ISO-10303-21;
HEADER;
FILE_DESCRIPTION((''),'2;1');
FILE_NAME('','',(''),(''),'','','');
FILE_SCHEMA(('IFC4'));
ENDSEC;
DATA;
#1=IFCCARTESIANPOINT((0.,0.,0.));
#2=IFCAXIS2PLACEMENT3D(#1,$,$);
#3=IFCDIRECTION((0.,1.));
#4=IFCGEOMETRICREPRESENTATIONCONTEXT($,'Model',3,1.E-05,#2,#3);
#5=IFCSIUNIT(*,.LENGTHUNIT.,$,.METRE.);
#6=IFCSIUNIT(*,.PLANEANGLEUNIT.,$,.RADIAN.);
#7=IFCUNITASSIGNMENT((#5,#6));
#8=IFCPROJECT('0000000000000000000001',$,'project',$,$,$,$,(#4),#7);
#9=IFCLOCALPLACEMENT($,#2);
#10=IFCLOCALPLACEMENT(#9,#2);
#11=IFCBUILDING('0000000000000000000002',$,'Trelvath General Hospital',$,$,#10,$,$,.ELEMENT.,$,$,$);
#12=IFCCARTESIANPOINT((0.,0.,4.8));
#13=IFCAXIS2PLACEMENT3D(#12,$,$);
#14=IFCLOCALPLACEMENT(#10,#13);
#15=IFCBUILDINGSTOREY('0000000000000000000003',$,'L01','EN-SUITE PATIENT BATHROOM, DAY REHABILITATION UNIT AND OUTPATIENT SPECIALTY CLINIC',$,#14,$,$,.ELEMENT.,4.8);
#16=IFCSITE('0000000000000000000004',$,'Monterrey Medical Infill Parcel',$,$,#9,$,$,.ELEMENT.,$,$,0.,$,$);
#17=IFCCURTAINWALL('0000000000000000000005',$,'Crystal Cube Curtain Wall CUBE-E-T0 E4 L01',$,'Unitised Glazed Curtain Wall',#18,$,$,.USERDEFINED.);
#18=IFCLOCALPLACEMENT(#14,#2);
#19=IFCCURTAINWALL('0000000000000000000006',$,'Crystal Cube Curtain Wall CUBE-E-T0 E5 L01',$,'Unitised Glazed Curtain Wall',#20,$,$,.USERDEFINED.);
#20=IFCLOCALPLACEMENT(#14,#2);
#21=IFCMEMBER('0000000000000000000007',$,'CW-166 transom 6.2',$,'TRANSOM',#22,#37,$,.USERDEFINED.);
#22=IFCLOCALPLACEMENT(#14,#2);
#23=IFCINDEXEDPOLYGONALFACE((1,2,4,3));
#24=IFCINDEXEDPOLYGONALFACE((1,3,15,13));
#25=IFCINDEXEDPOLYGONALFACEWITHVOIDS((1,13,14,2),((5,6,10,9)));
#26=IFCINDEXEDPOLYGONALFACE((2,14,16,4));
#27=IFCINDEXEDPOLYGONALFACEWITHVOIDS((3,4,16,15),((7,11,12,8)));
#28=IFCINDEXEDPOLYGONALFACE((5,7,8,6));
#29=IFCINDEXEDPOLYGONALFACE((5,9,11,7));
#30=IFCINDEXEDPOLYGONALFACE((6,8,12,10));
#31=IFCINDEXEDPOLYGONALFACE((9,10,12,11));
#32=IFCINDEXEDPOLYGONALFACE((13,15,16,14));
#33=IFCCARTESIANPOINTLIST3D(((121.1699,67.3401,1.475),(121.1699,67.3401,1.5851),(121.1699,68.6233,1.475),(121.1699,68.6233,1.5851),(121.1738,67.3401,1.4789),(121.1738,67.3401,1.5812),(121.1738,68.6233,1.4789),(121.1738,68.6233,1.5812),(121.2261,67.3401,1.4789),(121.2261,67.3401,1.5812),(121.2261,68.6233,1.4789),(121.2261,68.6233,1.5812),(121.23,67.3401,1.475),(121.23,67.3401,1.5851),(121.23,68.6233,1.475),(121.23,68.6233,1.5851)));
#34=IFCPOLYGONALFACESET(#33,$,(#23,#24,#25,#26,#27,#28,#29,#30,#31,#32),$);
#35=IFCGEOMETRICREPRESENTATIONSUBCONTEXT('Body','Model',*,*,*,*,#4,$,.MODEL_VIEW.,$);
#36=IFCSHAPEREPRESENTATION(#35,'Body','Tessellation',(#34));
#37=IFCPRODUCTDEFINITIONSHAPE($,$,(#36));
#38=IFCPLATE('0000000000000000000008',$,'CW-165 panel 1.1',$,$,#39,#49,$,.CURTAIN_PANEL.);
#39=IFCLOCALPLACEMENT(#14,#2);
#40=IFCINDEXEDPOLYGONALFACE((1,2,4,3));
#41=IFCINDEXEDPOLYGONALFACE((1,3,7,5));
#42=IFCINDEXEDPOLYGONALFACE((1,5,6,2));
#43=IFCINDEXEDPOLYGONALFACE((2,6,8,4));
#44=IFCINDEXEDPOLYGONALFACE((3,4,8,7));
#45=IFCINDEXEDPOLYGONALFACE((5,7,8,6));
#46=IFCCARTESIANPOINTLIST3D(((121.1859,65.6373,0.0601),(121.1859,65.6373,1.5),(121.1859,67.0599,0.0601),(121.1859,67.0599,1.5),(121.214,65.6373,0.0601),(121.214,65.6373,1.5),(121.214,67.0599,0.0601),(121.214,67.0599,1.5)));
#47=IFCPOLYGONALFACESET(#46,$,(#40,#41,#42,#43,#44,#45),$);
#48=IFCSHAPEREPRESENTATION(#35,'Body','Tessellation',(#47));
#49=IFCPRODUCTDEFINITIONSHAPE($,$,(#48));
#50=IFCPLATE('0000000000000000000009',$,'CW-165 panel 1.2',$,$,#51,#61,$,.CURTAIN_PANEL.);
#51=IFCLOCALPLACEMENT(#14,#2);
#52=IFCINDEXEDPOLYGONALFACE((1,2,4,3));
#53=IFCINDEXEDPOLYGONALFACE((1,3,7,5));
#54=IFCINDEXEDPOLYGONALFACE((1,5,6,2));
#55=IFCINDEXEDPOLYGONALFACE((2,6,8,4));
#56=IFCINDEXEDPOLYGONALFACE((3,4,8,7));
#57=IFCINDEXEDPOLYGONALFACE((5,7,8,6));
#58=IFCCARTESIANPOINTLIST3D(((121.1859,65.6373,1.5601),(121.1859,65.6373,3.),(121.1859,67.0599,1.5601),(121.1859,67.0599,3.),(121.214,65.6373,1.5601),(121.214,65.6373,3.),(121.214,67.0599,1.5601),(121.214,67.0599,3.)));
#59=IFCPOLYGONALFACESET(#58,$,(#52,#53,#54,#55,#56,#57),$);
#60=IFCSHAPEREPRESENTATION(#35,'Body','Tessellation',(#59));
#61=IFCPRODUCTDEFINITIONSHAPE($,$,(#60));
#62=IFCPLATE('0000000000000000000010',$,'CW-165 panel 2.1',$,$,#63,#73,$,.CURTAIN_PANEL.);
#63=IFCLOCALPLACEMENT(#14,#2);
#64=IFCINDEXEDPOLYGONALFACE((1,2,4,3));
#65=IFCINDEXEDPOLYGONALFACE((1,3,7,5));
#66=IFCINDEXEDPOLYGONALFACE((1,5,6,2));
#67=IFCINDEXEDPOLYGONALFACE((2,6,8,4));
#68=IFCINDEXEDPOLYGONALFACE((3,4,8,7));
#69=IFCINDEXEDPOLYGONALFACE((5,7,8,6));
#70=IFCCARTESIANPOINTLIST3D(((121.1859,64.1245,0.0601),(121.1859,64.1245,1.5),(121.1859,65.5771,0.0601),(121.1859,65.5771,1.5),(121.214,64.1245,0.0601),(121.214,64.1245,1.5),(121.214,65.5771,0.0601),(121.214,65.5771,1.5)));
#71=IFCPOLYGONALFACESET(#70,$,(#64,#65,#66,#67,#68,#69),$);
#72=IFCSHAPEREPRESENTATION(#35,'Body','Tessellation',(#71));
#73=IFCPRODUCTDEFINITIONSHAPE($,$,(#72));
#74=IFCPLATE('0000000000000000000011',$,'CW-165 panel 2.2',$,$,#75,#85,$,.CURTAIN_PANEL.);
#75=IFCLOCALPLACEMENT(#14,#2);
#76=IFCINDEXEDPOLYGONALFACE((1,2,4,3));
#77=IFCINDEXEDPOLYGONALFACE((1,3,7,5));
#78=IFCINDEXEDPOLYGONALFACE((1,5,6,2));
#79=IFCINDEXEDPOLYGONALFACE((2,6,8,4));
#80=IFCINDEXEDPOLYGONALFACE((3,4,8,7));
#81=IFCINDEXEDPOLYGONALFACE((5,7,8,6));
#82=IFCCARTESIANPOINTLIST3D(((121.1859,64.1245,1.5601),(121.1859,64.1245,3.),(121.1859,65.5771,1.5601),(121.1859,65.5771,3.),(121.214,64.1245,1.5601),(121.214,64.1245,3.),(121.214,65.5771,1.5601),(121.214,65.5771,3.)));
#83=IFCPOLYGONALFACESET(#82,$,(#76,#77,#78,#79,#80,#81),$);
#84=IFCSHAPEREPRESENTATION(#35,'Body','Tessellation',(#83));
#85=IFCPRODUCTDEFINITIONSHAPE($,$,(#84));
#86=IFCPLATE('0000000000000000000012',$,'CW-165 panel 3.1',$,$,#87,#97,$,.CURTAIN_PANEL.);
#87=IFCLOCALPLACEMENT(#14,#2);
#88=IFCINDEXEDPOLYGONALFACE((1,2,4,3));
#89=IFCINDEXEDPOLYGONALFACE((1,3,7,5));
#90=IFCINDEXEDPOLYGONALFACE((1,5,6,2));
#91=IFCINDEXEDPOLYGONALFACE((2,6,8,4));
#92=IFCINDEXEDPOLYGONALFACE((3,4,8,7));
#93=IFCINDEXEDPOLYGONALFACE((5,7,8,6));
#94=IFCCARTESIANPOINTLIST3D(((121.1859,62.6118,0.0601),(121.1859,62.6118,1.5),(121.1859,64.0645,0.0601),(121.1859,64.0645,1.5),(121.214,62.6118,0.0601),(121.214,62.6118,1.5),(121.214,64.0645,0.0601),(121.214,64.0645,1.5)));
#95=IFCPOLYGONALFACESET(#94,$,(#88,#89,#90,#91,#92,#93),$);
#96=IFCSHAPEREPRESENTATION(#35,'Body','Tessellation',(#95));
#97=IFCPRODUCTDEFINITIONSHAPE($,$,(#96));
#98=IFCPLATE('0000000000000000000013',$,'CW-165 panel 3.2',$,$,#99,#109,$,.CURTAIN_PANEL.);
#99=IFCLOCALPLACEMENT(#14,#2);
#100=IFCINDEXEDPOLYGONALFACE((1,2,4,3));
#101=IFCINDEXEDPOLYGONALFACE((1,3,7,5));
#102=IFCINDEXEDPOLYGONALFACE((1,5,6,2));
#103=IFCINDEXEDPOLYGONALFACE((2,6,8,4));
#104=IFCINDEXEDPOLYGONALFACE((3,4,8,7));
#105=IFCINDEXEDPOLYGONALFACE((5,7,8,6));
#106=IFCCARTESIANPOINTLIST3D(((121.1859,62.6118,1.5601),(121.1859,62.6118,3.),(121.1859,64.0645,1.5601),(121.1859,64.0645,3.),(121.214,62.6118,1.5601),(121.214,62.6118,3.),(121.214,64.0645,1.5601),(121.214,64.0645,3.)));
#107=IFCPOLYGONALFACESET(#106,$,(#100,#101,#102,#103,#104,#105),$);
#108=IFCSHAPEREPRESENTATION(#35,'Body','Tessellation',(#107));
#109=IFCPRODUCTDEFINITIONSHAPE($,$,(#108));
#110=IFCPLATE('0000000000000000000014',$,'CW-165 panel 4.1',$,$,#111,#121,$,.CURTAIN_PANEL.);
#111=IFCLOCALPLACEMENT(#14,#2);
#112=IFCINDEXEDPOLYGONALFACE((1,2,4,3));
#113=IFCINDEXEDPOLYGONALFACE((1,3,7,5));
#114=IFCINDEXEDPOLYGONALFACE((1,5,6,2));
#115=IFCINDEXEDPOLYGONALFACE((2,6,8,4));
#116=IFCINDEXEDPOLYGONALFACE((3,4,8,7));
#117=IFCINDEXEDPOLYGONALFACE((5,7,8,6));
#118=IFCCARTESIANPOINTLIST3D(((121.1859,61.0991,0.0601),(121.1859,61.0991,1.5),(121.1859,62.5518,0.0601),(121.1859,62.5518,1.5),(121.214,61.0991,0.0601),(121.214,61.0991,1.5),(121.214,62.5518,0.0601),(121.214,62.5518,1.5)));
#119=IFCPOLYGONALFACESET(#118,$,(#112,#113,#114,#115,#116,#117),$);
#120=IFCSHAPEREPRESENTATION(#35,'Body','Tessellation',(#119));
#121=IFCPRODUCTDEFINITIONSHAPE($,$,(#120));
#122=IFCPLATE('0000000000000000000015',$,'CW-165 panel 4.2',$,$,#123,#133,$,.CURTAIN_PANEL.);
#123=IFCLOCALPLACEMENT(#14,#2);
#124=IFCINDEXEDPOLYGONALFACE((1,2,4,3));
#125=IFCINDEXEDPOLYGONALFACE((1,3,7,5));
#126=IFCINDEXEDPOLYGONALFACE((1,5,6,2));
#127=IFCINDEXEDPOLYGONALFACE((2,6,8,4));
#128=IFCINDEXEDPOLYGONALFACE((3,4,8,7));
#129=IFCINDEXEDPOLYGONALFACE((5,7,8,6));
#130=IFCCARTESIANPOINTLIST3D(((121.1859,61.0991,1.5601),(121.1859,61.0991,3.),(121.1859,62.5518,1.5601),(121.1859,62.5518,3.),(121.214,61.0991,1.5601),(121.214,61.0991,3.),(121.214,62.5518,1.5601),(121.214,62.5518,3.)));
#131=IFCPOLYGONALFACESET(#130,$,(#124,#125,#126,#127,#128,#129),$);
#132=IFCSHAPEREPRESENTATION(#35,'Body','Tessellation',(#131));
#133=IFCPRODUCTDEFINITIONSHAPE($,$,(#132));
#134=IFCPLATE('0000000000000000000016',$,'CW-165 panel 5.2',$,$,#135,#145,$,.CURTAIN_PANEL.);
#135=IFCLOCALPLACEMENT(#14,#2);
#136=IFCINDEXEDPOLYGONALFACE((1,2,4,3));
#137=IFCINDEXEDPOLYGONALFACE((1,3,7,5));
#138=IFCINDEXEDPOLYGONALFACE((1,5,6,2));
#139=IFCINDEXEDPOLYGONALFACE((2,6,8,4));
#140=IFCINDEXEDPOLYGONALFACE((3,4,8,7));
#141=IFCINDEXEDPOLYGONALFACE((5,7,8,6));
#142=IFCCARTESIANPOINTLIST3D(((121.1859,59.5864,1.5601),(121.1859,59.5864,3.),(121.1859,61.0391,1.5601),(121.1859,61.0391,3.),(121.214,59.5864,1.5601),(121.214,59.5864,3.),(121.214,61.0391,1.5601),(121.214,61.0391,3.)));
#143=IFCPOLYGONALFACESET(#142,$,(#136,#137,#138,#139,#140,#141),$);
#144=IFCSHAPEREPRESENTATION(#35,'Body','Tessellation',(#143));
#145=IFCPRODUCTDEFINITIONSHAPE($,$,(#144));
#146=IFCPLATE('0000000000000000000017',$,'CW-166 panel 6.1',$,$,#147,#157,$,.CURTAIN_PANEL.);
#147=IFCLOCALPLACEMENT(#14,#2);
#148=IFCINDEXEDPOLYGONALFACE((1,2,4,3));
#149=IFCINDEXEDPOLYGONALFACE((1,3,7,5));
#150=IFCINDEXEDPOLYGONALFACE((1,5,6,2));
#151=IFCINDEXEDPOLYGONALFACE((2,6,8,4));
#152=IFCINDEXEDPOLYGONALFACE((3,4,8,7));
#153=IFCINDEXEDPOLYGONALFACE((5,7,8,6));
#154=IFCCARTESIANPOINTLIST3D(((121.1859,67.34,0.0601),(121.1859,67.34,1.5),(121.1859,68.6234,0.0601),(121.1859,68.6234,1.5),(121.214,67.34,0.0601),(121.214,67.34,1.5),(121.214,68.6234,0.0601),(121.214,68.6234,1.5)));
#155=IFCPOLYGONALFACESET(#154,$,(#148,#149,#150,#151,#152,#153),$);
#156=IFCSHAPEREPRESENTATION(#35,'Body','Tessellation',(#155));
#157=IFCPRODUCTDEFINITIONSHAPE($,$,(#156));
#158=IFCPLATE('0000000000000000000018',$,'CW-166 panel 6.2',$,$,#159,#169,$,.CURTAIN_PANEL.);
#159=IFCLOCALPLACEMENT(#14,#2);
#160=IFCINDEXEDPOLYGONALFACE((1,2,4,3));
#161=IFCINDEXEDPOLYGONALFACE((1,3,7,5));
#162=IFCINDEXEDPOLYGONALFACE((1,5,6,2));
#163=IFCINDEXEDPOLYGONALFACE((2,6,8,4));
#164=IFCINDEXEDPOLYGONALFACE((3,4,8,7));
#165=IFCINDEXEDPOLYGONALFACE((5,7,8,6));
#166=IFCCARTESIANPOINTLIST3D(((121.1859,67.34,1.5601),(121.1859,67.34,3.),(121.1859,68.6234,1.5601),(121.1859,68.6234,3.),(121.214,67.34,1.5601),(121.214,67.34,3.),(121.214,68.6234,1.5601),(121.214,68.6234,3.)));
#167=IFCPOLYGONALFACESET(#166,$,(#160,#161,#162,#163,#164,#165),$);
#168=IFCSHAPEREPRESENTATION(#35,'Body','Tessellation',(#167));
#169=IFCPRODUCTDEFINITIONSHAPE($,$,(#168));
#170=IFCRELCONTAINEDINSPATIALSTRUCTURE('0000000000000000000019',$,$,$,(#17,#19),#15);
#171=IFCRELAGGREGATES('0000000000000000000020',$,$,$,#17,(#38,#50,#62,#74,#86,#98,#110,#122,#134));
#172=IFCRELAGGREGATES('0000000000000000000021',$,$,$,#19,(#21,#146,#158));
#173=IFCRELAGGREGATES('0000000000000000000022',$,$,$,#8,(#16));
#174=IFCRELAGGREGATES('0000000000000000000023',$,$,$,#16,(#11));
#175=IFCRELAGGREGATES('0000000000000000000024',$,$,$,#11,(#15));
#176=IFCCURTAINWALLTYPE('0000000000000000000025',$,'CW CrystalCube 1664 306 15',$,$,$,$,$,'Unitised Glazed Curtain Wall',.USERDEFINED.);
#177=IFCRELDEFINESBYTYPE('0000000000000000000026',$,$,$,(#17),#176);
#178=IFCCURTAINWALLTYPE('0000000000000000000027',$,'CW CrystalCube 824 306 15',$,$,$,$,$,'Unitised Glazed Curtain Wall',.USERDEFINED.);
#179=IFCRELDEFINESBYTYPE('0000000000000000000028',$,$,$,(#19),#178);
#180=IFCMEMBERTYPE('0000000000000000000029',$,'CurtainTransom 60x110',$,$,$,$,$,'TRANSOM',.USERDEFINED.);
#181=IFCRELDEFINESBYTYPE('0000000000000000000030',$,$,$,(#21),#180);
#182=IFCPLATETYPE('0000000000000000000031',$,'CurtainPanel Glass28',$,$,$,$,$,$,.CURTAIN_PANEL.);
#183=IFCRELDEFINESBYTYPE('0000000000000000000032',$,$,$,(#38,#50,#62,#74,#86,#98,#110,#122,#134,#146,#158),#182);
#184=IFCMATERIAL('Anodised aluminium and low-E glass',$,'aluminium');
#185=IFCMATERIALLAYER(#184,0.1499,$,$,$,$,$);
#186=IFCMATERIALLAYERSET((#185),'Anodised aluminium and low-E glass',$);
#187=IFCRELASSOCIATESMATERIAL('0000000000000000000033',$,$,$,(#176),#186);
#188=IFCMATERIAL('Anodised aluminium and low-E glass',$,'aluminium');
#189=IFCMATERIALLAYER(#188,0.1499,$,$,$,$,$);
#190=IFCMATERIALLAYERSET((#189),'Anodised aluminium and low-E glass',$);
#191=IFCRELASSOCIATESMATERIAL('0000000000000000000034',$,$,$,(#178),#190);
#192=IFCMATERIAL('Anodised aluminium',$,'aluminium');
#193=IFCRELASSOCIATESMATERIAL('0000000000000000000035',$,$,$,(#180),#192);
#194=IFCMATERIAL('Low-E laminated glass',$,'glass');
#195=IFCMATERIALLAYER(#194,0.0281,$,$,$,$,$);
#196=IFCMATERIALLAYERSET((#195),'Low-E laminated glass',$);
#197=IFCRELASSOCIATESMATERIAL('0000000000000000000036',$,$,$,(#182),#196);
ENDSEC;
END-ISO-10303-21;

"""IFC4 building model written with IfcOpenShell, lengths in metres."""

from ifc_helpers import new_model, si_unit, direction, frame, origin, origin_2d, place, context, subcontext, project, spatial, rectangle, hollow_rectangle, extrude, material, layer, layer_set, material_profile, profile_set, type_object, element, aggregate, save


model = new_model("IFC4")

# Units and contexts
model_context = context("Model", 3, precision=1e-05, world=origin(), true_north=direction((0.0, 1.0)))
body_context = subcontext(model_context, "Body", "Model", "MODEL_VIEW")
ifc_project = project(units=[si_unit("LENGTHUNIT", "METRE"), si_unit("PLANEANGLEUNIT", "RADIAN")], contexts=[model_context])

# Site, building, storey
site_placement = place(None, origin())
site = spatial("IfcSite", under=ifc_project, at=site_placement, Name="Monterrey Medical Infill Parcel", CompositionType="ELEMENT", RefElevation=0.0)
building_placement = place(site_placement, origin())
building = spatial("IfcBuilding", under=site, at=building_placement, Name="Trelvath General Hospital", CompositionType="ELEMENT")
storey_placement = place(building_placement, frame((0.0, 0.0, 4.8)))
storey = spatial("IfcBuildingStorey", under=building, at=storey_placement, Name="L01", Description="EN-SUITE PATIENT BATHROOM, DAY REHABILITATION UNIT AND OUTPATIENT SPECIALTY CLINIC", CompositionType="ELEMENT", Elevation=4.8)

# Curtain wall
ifc_material_1 = material(Name="Anodised aluminium and low-E glass", Category="aluminium")
ifc_layer_1 = layer(ifc_material_1, 0.1499)
ifc_layer_set_1 = layer_set([ifc_layer_1], Name="Anodised aluminium and low-E glass")
curtain_wall_type_1 = type_object("IfcCurtainWallType", Name="CW CrystalCube 1664 306 15", ElementType="Unitised Glazed Curtain Wall", PredefinedType="USERDEFINED", material=ifc_layer_set_1)
curtain_wall_1_placement = place(storey_placement, origin())
curtain_wall_1 = element("IfcCurtainWall", 1, at=curtain_wall_1_placement, inside=storey, type_object=curtain_wall_type_1, Name="Crystal Cube Curtain Wall CUBE-E-T0 E4 L01", ObjectType="Unitised Glazed Curtain Wall", PredefinedType="USERDEFINED")

# Curtain wall
ifc_material_2 = material(Name="Anodised aluminium and low-E glass", Category="aluminium")
ifc_layer_2 = layer(ifc_material_2, 0.1499)
ifc_layer_set_2 = layer_set([ifc_layer_2], Name="Anodised aluminium and low-E glass")
curtain_wall_type_2 = type_object("IfcCurtainWallType", Name="CW CrystalCube 824 306 15", ElementType="Unitised Glazed Curtain Wall", PredefinedType="USERDEFINED", material=ifc_layer_set_2)
curtain_wall_2_placement = place(storey_placement, origin())
curtain_wall_2 = element("IfcCurtainWall", 2, at=curtain_wall_2_placement, inside=storey, type_object=curtain_wall_type_2, Name="Crystal Cube Curtain Wall CUBE-E-T0 E5 L01", ObjectType="Unitised Glazed Curtain Wall", PredefinedType="USERDEFINED")

# Member
ifc_material_3 = material(Name="Anodised aluminium", Category="aluminium")
ifc_material_profile_1 = material_profile(ifc_material_3, hollow_rectangle(XDim=0.0601, YDim=0.1101, WallThickness=0.0039, at=origin_2d()), Name="RHS60x110x4")
ifc_profile_set_1 = profile_set([ifc_material_profile_1], Name="Anodised aluminium")
member_type_1 = type_object("IfcMemberType", Name="CurtainTransom 60x110", ElementType="TRANSOM", PredefinedType="USERDEFINED", material=ifc_profile_set_1)
member_1_placement = place(storey_placement, frame((121.2, 68.6233, 1.53), z_axis=(0.0, -1.0, 0.0), x_axis=(1.0, 0.0, 0.0)))
member_1 = element("IfcMember", 3, at=member_1_placement, type_object=member_type_1, Name="CW-166 transom 6.2", ObjectType="TRANSOM", PredefinedType="USERDEFINED", context=body_context, shape_type="SweptSolid", body=[
    extrude(hollow_rectangle(XDim=0.0601, YDim=0.1101, WallThickness=0.0039, at=origin_2d()), origin(), (0.0, 0.0, 1.0), 1.2832),
])

# Plates
ifc_material_4 = material(Name="Low-E laminated glass", Category="glass")
ifc_layer_3 = layer(ifc_material_4, 0.0281)
ifc_layer_set_3 = layer_set([ifc_layer_3], Name="Low-E laminated glass")
plate_type = type_object("IfcPlateType", Name="CurtainPanel Glass28", PredefinedType="CURTAIN_PANEL", material=ifc_layer_set_3)
plate_1_placement = place(storey_placement, frame((121.2, 66.3486, 0.0601), z_axis=(0.0, 0.0, 1.0), x_axis=(0.0, -1.0, 0.0)))
plate_1 = element("IfcPlate", 4, at=plate_1_placement, type_object=plate_type, Name="CW-165 panel 1.1", PredefinedType="CURTAIN_PANEL", context=body_context, shape_type="SweptSolid", body=[
    extrude(rectangle(XDim=1.4226, YDim=0.0281, at=origin_2d()), origin(), (0.0, 0.0, 1.0), 1.4399),
])
plate_2_placement = place(storey_placement, frame((121.2, 66.3486, 1.5601), z_axis=(0.0, 0.0, 1.0), x_axis=(0.0, -1.0, 0.0)))
plate_2 = element("IfcPlate", 5, at=plate_2_placement, type_object=plate_type, Name="CW-165 panel 1.2", PredefinedType="CURTAIN_PANEL", context=body_context, shape_type="SweptSolid", body=[
    extrude(rectangle(XDim=1.4226, YDim=0.0281, at=origin_2d()), origin(), (0.0, 0.0, 1.0), 1.4399),
])
plate_3_placement = place(storey_placement, frame((121.2, 64.8508, 0.0601), z_axis=(0.0, 0.0, 1.0), x_axis=(0.0, -1.0, 0.0)))
plate_3 = element("IfcPlate", 6, at=plate_3_placement, type_object=plate_type, Name="CW-165 panel 2.1", PredefinedType="CURTAIN_PANEL", context=body_context, shape_type="SweptSolid", body=[
    extrude(rectangle(XDim=1.4526, YDim=0.0281, at=origin_2d()), origin(), (0.0, 0.0, 1.0), 1.4399),
])
plate_4_placement = place(storey_placement, frame((121.2, 64.8508, 1.5601), z_axis=(0.0, 0.0, 1.0), x_axis=(0.0, -1.0, 0.0)))
plate_4 = element("IfcPlate", 7, at=plate_4_placement, type_object=plate_type, Name="CW-165 panel 2.2", PredefinedType="CURTAIN_PANEL", context=body_context, shape_type="SweptSolid", body=[
    extrude(rectangle(XDim=1.4526, YDim=0.0281, at=origin_2d()), origin(), (0.0, 0.0, 1.0), 1.4399),
])
plate_5_placement = place(storey_placement, frame((121.2, 63.3381, 0.0601), z_axis=(0.0, 0.0, 1.0), x_axis=(0.0, -1.0, 0.0)))
plate_5 = element("IfcPlate", 8, at=plate_5_placement, type_object=plate_type, Name="CW-165 panel 3.1", PredefinedType="CURTAIN_PANEL", context=body_context, shape_type="SweptSolid", body=[
    extrude(rectangle(XDim=1.4526, YDim=0.0281, at=origin_2d()), origin(), (0.0, 0.0, 1.0), 1.4399),
])
plate_6_placement = place(storey_placement, frame((121.2, 63.3381, 1.5601), z_axis=(0.0, 0.0, 1.0), x_axis=(0.0, -1.0, 0.0)))
plate_6 = element("IfcPlate", 9, at=plate_6_placement, type_object=plate_type, Name="CW-165 panel 3.2", PredefinedType="CURTAIN_PANEL", context=body_context, shape_type="SweptSolid", body=[
    extrude(rectangle(XDim=1.4526, YDim=0.0281, at=origin_2d()), origin(), (0.0, 0.0, 1.0), 1.4399),
])
plate_7_placement = place(storey_placement, frame((121.2, 61.8254, 0.0601), z_axis=(0.0, 0.0, 1.0), x_axis=(0.0, -1.0, 0.0)))
plate_7 = element("IfcPlate", 10, at=plate_7_placement, type_object=plate_type, Name="CW-165 panel 4.1", PredefinedType="CURTAIN_PANEL", context=body_context, shape_type="SweptSolid", body=[
    extrude(rectangle(XDim=1.4526, YDim=0.0281, at=origin_2d()), origin(), (0.0, 0.0, 1.0), 1.4399),
])
plate_8_placement = place(storey_placement, frame((121.2, 61.8254, 1.5601), z_axis=(0.0, 0.0, 1.0), x_axis=(0.0, -1.0, 0.0)))
plate_8 = element("IfcPlate", 11, at=plate_8_placement, type_object=plate_type, Name="CW-165 panel 4.2", PredefinedType="CURTAIN_PANEL", context=body_context, shape_type="SweptSolid", body=[
    extrude(rectangle(XDim=1.4526, YDim=0.0281, at=origin_2d()), origin(), (0.0, 0.0, 1.0), 1.4399),
])
plate_9_placement = place(storey_placement, frame((121.2, 60.3127, 1.5601), z_axis=(0.0, 0.0, 1.0), x_axis=(0.0, -1.0, 0.0)))
plate_9 = element("IfcPlate", 12, at=plate_9_placement, type_object=plate_type, Name="CW-165 panel 5.2", PredefinedType="CURTAIN_PANEL", context=body_context, shape_type="SweptSolid", body=[
    extrude(rectangle(XDim=1.4526, YDim=0.0281, at=origin_2d()), origin(), (0.0, 0.0, 1.0), 1.4399),
])
aggregate(curtain_wall_1, [plate_1, plate_2, plate_3, plate_4, plate_5, plate_6, plate_7, plate_8, plate_9])
plate_10_placement = place(storey_placement, frame((121.2, 67.9817, 0.0601), z_axis=(0.0, 0.0, 1.0), x_axis=(0.0, -1.0, 0.0)))
plate_10 = element("IfcPlate", 13, at=plate_10_placement, type_object=plate_type, Name="CW-166 panel 6.1", PredefinedType="CURTAIN_PANEL", context=body_context, shape_type="SweptSolid", body=[
    extrude(rectangle(XDim=1.2834, YDim=0.0281, at=origin_2d()), origin(), (0.0, 0.0, 1.0), 1.4399),
])
plate_11_placement = place(storey_placement, frame((121.2, 67.9817, 1.5601), z_axis=(0.0, 0.0, 1.0), x_axis=(0.0, -1.0, 0.0)))
plate_11 = element("IfcPlate", 14, at=plate_11_placement, type_object=plate_type, Name="CW-166 panel 6.2", PredefinedType="CURTAIN_PANEL", context=body_context, shape_type="SweptSolid", body=[
    extrude(rectangle(XDim=1.2834, YDim=0.0281, at=origin_2d()), origin(), (0.0, 0.0, 1.0), 1.4399),
])
aggregate(curtain_wall_2, [member_1, plate_10, plate_11])

save(model, "model.ifc")
